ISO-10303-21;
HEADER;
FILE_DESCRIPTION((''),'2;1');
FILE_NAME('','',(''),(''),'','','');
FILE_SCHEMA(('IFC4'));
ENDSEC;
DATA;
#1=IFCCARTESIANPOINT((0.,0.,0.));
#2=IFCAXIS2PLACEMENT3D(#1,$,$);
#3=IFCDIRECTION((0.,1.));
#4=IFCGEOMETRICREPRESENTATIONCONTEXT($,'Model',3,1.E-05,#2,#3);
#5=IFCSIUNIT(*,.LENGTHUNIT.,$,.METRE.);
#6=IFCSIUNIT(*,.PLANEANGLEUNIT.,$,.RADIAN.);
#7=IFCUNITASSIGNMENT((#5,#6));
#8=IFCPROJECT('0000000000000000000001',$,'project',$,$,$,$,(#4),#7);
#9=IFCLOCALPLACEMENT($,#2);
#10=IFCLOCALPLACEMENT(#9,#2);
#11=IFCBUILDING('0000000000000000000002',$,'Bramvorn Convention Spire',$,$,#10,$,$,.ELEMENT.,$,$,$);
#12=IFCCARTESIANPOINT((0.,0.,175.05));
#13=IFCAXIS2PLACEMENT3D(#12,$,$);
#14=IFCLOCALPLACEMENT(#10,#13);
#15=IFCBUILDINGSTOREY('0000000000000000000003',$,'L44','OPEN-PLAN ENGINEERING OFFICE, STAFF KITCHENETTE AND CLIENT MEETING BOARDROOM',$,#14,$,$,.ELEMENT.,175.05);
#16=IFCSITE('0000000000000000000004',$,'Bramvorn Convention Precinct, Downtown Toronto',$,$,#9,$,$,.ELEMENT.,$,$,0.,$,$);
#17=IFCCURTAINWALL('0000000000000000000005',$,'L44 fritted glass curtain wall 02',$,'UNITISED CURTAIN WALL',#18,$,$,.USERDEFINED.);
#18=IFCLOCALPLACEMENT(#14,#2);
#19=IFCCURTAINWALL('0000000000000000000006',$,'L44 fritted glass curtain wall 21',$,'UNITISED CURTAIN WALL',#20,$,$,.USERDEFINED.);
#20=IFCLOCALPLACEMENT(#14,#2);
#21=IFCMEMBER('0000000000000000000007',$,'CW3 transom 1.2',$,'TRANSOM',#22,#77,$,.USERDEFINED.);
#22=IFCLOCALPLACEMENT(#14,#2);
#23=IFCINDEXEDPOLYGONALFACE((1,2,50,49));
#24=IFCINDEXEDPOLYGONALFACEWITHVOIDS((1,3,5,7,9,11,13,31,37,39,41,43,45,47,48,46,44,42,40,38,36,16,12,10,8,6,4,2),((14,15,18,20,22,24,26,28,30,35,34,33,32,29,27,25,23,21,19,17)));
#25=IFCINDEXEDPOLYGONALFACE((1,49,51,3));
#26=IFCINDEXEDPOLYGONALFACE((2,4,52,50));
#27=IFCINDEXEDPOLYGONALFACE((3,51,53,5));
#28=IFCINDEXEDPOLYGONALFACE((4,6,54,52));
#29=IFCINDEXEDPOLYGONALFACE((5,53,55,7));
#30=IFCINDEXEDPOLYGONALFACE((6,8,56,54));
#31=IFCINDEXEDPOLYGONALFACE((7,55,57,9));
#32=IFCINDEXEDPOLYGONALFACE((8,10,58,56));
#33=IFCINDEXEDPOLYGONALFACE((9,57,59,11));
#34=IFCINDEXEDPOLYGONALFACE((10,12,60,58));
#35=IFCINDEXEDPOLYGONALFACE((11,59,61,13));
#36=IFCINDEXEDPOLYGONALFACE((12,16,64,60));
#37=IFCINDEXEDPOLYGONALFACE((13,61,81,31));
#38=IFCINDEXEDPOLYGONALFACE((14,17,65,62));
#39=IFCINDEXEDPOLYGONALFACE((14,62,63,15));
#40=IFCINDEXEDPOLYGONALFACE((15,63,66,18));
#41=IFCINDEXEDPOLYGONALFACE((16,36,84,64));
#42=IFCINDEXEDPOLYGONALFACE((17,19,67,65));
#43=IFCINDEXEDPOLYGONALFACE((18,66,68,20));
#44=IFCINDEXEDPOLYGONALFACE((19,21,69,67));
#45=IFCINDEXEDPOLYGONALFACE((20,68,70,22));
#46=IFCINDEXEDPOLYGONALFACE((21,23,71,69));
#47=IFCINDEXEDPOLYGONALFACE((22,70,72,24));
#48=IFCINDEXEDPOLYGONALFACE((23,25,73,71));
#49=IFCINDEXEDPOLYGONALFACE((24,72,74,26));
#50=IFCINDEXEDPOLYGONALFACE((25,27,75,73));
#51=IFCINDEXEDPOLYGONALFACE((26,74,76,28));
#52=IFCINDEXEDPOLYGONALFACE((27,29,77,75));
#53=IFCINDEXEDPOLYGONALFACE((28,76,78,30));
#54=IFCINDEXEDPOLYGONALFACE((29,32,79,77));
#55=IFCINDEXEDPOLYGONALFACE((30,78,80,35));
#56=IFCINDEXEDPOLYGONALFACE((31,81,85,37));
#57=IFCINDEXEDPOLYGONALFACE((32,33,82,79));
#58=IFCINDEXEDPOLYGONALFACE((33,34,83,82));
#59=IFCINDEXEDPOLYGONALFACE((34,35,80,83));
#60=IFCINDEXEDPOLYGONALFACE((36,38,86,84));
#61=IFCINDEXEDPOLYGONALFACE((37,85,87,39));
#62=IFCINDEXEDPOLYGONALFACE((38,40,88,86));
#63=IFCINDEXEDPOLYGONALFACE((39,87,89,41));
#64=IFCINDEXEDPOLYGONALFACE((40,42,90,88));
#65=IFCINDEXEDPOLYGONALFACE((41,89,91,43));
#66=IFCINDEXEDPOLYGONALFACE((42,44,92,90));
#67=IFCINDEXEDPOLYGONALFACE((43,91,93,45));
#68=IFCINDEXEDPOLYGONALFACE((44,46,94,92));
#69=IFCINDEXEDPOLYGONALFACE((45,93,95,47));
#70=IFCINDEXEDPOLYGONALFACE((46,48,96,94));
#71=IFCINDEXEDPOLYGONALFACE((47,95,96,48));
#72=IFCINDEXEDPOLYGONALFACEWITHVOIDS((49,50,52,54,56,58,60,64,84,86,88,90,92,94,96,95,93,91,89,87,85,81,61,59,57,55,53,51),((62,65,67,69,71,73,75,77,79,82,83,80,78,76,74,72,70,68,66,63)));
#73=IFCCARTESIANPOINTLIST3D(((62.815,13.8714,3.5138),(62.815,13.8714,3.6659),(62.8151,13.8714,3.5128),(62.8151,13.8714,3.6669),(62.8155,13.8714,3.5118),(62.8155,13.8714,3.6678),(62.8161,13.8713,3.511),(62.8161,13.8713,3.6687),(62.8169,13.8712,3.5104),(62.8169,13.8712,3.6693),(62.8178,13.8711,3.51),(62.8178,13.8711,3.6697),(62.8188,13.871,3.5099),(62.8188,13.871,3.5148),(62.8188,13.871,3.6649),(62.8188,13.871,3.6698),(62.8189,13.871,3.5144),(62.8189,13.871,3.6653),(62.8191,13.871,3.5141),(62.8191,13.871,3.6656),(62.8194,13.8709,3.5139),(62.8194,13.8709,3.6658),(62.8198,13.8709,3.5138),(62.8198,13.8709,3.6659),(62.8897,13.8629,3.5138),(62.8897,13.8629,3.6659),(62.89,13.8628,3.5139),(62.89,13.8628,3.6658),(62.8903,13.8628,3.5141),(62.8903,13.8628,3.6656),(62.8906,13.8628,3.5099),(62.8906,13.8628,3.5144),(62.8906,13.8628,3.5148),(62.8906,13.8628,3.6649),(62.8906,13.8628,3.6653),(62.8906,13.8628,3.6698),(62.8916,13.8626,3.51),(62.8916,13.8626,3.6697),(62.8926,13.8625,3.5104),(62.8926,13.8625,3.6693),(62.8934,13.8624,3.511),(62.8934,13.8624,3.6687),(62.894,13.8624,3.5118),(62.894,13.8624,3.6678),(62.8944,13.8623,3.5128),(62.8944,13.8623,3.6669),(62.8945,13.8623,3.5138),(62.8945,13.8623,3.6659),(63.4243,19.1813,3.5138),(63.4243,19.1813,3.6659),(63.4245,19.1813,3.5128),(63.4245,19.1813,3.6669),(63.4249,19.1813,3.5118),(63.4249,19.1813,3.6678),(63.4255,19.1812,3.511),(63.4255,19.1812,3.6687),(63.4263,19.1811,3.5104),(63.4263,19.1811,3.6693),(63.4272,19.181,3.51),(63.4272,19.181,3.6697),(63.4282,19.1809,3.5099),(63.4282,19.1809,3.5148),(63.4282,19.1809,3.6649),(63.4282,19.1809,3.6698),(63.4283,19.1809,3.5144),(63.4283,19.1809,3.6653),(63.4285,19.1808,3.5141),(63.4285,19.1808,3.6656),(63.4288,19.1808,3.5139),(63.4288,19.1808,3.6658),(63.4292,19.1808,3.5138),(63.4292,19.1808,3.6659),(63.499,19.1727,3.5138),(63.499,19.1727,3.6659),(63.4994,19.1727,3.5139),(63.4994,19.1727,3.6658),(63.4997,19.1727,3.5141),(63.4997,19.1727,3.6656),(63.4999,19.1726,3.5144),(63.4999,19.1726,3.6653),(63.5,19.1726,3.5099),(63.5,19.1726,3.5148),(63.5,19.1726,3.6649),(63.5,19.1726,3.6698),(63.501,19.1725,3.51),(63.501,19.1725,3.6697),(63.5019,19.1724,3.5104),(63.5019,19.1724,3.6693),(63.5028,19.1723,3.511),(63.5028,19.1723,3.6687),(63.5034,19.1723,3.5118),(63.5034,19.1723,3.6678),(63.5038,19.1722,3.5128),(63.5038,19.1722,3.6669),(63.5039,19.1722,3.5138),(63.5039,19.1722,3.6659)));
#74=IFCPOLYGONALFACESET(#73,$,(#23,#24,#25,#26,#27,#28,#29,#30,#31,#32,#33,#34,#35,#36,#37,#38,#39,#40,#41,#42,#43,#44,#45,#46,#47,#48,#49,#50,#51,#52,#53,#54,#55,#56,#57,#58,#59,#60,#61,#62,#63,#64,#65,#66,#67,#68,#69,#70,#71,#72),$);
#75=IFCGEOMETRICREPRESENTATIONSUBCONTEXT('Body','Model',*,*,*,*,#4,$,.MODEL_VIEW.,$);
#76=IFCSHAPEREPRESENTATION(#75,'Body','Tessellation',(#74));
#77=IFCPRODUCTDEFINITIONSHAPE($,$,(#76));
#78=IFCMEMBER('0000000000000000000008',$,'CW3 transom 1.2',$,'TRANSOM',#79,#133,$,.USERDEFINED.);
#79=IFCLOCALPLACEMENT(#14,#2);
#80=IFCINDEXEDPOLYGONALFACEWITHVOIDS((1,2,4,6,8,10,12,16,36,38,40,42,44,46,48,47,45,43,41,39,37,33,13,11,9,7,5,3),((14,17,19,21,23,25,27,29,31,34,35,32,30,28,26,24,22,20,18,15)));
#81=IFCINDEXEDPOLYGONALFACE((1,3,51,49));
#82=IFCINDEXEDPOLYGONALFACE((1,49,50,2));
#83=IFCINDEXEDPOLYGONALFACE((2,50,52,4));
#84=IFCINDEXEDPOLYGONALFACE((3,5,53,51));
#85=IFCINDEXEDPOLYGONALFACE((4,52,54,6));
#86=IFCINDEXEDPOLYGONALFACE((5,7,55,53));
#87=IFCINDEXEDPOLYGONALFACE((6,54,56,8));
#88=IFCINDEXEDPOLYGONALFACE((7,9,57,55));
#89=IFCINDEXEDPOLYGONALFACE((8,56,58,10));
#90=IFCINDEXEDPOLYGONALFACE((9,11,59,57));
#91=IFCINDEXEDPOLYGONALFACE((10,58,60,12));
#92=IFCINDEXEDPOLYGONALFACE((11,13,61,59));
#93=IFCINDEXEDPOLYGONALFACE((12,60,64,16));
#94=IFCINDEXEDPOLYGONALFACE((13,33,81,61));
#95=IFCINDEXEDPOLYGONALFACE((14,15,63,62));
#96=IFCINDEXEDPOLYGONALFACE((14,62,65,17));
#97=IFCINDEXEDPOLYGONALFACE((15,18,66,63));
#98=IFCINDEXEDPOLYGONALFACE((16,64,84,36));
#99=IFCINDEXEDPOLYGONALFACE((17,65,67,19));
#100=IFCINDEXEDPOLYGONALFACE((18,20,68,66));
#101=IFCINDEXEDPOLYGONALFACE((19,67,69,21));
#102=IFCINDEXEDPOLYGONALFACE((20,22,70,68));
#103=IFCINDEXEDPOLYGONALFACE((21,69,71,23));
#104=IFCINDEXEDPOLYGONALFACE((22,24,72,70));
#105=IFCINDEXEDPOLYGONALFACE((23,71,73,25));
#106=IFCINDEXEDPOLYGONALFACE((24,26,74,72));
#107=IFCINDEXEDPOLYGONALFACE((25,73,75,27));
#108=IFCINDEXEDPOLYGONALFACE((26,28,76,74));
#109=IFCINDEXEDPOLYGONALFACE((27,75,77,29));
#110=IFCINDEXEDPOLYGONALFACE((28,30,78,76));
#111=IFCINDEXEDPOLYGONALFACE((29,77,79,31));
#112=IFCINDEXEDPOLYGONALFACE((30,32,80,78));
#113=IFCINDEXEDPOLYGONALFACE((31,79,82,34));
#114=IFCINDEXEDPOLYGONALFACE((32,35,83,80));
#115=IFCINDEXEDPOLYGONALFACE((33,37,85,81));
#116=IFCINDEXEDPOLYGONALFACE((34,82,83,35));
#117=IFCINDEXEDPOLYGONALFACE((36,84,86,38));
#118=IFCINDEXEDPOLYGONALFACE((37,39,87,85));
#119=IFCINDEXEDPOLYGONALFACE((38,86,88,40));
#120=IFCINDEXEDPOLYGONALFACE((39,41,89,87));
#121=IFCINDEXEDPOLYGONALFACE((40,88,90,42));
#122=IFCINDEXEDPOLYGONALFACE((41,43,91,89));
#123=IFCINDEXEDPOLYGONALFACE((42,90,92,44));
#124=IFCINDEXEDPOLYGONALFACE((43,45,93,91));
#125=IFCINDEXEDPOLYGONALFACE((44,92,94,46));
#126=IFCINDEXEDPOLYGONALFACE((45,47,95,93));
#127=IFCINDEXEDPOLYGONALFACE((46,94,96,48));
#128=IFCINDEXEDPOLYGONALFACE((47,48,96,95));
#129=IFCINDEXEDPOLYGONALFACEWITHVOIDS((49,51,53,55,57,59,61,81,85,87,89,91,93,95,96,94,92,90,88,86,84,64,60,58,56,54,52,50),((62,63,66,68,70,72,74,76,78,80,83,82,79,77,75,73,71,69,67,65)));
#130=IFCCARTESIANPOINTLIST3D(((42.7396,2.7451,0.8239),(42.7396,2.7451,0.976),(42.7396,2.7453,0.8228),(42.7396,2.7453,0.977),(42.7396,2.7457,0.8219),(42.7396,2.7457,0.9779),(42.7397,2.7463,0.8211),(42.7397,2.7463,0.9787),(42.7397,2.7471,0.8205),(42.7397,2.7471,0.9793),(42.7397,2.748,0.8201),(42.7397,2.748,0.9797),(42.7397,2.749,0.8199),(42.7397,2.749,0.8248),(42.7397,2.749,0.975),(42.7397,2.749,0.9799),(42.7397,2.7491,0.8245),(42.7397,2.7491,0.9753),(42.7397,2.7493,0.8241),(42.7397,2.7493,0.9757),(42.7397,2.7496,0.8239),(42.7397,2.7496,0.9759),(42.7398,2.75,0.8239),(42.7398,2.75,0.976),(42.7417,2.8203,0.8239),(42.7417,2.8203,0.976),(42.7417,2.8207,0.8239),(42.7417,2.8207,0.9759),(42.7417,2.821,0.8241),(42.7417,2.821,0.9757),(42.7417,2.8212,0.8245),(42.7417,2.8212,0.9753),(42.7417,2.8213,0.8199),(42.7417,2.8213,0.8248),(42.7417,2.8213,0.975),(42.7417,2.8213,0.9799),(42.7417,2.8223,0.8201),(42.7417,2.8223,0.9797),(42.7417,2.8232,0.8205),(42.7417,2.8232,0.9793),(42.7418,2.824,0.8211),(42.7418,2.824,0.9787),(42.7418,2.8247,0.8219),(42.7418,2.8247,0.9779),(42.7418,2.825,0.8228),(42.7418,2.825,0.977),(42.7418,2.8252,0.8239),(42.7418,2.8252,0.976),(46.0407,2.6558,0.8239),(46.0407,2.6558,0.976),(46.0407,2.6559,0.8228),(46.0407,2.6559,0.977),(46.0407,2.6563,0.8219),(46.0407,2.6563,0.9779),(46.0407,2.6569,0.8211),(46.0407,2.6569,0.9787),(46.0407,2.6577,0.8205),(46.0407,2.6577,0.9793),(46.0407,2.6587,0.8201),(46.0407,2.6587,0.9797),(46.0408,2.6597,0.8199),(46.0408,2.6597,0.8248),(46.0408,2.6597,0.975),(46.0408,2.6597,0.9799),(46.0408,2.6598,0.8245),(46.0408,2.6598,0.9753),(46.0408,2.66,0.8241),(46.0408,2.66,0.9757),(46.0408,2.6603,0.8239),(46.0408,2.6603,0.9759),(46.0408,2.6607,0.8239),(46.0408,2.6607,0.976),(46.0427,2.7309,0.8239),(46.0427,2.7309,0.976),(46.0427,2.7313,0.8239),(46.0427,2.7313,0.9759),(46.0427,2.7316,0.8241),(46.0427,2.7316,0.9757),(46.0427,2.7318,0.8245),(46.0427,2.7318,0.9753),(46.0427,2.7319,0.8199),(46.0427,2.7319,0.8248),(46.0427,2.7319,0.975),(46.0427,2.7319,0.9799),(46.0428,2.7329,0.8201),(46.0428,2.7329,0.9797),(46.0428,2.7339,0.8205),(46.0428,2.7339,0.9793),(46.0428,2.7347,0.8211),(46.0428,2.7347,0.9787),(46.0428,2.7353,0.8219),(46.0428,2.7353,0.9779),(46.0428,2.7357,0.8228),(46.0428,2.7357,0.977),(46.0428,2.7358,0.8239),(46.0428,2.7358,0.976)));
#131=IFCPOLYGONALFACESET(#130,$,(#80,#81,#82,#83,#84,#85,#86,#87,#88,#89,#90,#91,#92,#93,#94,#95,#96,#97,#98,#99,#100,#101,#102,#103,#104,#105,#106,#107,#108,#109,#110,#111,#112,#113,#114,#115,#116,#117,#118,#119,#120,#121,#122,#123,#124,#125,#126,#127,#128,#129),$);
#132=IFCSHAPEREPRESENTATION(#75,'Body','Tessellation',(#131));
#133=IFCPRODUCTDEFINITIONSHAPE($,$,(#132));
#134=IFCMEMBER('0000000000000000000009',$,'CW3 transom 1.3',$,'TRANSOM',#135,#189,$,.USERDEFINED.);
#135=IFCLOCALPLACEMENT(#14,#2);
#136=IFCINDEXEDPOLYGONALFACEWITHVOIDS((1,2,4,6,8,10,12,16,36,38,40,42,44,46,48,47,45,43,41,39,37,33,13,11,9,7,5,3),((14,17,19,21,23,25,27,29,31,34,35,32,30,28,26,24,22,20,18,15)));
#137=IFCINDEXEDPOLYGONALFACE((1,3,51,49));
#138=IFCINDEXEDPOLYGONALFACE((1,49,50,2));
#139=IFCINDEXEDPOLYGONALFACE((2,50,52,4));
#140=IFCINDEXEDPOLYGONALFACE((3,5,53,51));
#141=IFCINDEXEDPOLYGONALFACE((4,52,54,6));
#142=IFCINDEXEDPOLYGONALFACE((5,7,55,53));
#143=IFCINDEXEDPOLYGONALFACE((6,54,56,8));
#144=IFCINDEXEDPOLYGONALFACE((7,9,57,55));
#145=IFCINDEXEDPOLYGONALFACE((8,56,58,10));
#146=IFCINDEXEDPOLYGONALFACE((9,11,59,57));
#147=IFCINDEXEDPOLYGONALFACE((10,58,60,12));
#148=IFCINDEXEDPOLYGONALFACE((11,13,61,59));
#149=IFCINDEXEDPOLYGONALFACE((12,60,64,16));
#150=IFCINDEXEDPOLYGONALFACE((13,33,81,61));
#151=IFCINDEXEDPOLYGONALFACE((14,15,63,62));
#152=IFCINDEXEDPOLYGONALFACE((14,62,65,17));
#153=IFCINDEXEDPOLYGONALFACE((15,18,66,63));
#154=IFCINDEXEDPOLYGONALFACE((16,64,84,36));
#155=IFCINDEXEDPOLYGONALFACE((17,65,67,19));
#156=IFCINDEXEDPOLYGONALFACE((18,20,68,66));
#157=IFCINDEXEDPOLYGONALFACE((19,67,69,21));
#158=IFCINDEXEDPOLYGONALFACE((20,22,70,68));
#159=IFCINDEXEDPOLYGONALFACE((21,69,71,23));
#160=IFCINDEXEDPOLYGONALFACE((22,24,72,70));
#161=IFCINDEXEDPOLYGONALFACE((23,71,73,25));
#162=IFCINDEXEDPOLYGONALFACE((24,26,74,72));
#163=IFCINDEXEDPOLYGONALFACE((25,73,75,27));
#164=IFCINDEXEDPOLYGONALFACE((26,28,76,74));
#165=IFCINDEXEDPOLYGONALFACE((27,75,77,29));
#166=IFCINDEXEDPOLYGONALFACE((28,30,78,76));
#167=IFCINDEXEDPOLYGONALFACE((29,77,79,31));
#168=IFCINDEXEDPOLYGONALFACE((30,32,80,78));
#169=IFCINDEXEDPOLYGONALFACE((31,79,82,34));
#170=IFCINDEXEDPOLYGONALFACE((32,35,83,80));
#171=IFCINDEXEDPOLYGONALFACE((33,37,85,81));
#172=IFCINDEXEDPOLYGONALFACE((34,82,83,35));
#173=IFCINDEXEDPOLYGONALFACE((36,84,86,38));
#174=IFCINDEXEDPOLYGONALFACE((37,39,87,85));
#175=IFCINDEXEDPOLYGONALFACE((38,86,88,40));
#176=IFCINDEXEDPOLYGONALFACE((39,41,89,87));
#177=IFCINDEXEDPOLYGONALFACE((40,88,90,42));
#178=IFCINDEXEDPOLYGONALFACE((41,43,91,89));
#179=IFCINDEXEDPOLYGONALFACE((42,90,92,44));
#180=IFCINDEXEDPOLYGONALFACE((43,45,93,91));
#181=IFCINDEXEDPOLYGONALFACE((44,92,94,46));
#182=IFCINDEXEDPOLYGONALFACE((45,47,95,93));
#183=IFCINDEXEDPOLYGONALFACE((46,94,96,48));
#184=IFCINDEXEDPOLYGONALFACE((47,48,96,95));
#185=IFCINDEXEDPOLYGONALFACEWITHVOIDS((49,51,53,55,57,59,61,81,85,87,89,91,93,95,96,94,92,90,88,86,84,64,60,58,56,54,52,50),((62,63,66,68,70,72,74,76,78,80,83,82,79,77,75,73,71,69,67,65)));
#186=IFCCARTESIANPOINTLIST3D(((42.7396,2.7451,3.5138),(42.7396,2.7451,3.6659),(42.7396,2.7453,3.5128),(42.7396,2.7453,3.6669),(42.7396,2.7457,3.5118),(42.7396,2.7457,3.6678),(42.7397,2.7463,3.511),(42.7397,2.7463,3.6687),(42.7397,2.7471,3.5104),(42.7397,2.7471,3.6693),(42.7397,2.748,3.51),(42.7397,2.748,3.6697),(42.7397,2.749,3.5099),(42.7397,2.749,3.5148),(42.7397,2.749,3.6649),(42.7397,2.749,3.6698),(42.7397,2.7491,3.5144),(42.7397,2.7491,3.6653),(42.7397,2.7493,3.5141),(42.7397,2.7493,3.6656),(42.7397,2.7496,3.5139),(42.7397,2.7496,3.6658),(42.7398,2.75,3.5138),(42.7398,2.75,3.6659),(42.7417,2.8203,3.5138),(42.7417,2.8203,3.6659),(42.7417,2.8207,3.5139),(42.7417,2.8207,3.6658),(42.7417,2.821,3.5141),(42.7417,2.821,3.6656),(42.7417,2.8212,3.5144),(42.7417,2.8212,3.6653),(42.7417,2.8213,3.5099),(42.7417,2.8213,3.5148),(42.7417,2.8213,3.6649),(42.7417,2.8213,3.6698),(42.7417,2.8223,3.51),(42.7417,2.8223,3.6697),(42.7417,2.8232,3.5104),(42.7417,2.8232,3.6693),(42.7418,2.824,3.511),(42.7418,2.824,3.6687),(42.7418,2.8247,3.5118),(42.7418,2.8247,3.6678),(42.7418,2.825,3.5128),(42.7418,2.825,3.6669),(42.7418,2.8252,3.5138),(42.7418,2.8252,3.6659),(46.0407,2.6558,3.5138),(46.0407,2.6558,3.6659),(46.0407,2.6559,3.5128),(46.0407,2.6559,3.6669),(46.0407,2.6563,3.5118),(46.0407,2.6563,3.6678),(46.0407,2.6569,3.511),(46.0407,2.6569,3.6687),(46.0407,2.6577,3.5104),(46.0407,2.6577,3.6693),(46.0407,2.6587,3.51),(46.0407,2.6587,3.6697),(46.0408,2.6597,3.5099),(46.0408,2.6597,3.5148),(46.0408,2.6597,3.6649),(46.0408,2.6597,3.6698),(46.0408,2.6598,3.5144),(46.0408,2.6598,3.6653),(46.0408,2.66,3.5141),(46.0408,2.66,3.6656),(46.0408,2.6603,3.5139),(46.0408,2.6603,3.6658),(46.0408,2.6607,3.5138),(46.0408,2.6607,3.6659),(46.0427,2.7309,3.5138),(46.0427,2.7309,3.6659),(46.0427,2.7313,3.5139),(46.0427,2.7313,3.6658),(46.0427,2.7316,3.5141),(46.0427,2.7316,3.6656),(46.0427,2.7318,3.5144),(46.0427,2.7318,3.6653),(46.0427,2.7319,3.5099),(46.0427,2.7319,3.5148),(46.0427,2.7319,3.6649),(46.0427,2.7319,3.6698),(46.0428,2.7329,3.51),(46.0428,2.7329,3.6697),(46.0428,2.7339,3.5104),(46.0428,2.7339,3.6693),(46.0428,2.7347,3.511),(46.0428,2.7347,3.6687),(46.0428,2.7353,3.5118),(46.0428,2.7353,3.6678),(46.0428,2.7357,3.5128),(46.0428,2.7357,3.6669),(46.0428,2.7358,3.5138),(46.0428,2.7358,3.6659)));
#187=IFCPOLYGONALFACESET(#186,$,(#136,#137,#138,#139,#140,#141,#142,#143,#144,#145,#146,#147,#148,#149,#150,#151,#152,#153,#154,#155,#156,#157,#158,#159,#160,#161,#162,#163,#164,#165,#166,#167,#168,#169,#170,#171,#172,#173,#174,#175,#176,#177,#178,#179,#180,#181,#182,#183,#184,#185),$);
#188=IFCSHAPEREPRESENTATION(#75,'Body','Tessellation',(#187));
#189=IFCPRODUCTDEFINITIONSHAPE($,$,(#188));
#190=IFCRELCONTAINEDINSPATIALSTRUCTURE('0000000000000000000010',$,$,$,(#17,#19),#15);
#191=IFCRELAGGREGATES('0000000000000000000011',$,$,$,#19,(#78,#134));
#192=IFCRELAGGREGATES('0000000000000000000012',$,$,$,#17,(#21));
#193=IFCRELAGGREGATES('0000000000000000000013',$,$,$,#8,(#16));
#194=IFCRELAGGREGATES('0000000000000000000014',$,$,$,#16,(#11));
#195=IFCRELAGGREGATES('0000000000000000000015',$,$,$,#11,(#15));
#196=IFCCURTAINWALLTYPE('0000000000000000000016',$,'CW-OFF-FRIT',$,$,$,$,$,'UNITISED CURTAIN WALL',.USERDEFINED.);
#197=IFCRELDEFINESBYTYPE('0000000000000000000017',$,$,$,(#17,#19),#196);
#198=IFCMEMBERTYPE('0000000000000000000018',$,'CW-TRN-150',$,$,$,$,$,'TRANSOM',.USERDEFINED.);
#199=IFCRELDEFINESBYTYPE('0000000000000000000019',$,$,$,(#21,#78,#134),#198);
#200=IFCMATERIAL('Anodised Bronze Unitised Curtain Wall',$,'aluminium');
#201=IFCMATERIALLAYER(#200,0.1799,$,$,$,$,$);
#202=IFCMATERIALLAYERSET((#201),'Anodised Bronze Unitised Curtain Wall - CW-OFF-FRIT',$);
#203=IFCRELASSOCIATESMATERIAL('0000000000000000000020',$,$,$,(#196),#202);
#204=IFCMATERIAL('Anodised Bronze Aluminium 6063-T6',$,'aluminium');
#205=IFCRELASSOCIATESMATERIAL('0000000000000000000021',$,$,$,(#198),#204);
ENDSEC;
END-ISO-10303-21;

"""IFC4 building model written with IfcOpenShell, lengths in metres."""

from ifc_helpers import new_model, si_unit, direction, frame, origin, origin_2d, place, context, subcontext, project, spatial, hollow_rectangle, extrude, material, layer, layer_set, material_profile, profile_set, type_object, element, aggregate, save


model = new_model("IFC4")

# Units and contexts
model_context = context("Model", 3, precision=1e-05, world=origin(), true_north=direction((0.0, 1.0)))
body_context = subcontext(model_context, "Body", "Model", "MODEL_VIEW")
ifc_project = project(units=[si_unit("LENGTHUNIT", "METRE"), si_unit("PLANEANGLEUNIT", "RADIAN")], contexts=[model_context])

# Site, building, storey
site_placement = place(None, origin())
site = spatial("IfcSite", under=ifc_project, at=site_placement, Name="Bramvorn Convention Precinct, Downtown Toronto", CompositionType="ELEMENT", RefElevation=0.0)
building_placement = place(site_placement, origin())
building = spatial("IfcBuilding", under=site, at=building_placement, Name="Bramvorn Convention Spire", CompositionType="ELEMENT")
storey_placement = place(building_placement, frame((0.0, 0.0, 175.05)))
storey = spatial("IfcBuildingStorey", under=building, at=storey_placement, Name="L44", Description="OPEN-PLAN ENGINEERING OFFICE, STAFF KITCHENETTE AND CLIENT MEETING BOARDROOM", CompositionType="ELEMENT", Elevation=175.05)

# Curtain wall
ifc_material_1 = material(Name="Anodised Bronze Unitised Curtain Wall", Category="aluminium")
ifc_layer_1 = layer(ifc_material_1, 0.1799)
ifc_layer_set_1 = layer_set([ifc_layer_1], Name="Anodised Bronze Unitised Curtain Wall - CW-OFF-FRIT")
curtain_wall_type = type_object("IfcCurtainWallType", Name="CW-OFF-FRIT", ElementType="UNITISED CURTAIN WALL", PredefinedType="USERDEFINED", material=ifc_layer_set_1)
curtain_wall_1_placement = place(storey_placement, origin())
curtain_wall_1 = element("IfcCurtainWall", 1, at=curtain_wall_1_placement, inside=storey, type_object=curtain_wall_type, Name="L44 fritted glass curtain wall 02", ObjectType="UNITISED CURTAIN WALL", PredefinedType="USERDEFINED")
ifc_material_2 = material(Name="Anodised Bronze Aluminium 6063-T6", Category="aluminium")

# Curtain wall
curtain_wall_2_placement = place(storey_placement, origin())
curtain_wall_2 = element("IfcCurtainWall", 2, at=curtain_wall_2_placement, inside=storey, type_object=curtain_wall_type, Name="L44 fritted glass curtain wall 21", ObjectType="UNITISED CURTAIN WALL", PredefinedType="USERDEFINED")

# Members
ifc_material_profile_1 = material_profile(ifc_material_2, hollow_rectangle(XDim=0.0801, YDim=0.1599, WallThickness=0.0039, InnerFilletRadius=0.001, OuterFilletRadius=0.0039, at=origin_2d()))
ifc_profile_set_1 = profile_set([ifc_material_profile_1], Name="Anodised Bronze Aluminium 6063-T6 - CWT80X160")
member_type_1 = type_object("IfcMemberType", Name="CW-TRN-150", ElementType="TRANSOM", PredefinedType="USERDEFINED", material=ifc_profile_set_1)
member_1_placement = place(storey_placement, frame((63.4641, 19.1768, 3.5898), z_axis=(-0.114016, -0.993479, 0.0), x_axis=(0.993479, -0.114016, 0.0)))
member_1 = element("IfcMember", 3, at=member_1_placement, type_object=member_type_1, Name="CW3 transom 1.2", ObjectType="TRANSOM", PredefinedType="USERDEFINED", context=body_context, shape_type="SweptSolid", body=[
    extrude(hollow_rectangle(XDim=0.0801, YDim=0.1599, WallThickness=0.0039, InnerFilletRadius=0.001, OuterFilletRadius=0.0039, at=origin_2d()), origin(), (0.0, 0.0, 1.0), 5.3447),
])
member_2_placement = place(storey_placement, frame((46.0417, 2.6958, 0.8999), z_axis=(-0.999634, 0.027059, 0.0), x_axis=(-0.027059, -0.999634, 0.0)))
member_2 = element("IfcMember", 4, at=member_2_placement, type_object=member_type_1, Name="CW3 transom 1.2", ObjectType="TRANSOM", PredefinedType="USERDEFINED", context=body_context, shape_type="SweptSolid", body=[
    extrude(hollow_rectangle(XDim=0.0801, YDim=0.1599, WallThickness=0.0039, InnerFilletRadius=0.001, OuterFilletRadius=0.0039, at=origin_2d()), origin(), (0.0, 0.0, 1.0), 3.3022),
])
member_3_placement = place(storey_placement, frame((46.0417, 2.6958, 3.5898), z_axis=(-0.999634, 0.027059, 0.0), x_axis=(-0.027059, -0.999634, 0.0)))
member_3 = element("IfcMember", 5, at=member_3_placement, type_object=member_type_1, Name="CW3 transom 1.3", ObjectType="TRANSOM", PredefinedType="USERDEFINED", context=body_context, shape_type="SweptSolid", body=[
    extrude(hollow_rectangle(XDim=0.0801, YDim=0.1599, WallThickness=0.0039, InnerFilletRadius=0.001, OuterFilletRadius=0.0039, at=origin_2d()), origin(), (0.0, 0.0, 1.0), 3.3022),
])
aggregate(curtain_wall_2, [member_2, member_3])

aggregate(curtain_wall_1, [member_1])

save(model, "model.ifc")
